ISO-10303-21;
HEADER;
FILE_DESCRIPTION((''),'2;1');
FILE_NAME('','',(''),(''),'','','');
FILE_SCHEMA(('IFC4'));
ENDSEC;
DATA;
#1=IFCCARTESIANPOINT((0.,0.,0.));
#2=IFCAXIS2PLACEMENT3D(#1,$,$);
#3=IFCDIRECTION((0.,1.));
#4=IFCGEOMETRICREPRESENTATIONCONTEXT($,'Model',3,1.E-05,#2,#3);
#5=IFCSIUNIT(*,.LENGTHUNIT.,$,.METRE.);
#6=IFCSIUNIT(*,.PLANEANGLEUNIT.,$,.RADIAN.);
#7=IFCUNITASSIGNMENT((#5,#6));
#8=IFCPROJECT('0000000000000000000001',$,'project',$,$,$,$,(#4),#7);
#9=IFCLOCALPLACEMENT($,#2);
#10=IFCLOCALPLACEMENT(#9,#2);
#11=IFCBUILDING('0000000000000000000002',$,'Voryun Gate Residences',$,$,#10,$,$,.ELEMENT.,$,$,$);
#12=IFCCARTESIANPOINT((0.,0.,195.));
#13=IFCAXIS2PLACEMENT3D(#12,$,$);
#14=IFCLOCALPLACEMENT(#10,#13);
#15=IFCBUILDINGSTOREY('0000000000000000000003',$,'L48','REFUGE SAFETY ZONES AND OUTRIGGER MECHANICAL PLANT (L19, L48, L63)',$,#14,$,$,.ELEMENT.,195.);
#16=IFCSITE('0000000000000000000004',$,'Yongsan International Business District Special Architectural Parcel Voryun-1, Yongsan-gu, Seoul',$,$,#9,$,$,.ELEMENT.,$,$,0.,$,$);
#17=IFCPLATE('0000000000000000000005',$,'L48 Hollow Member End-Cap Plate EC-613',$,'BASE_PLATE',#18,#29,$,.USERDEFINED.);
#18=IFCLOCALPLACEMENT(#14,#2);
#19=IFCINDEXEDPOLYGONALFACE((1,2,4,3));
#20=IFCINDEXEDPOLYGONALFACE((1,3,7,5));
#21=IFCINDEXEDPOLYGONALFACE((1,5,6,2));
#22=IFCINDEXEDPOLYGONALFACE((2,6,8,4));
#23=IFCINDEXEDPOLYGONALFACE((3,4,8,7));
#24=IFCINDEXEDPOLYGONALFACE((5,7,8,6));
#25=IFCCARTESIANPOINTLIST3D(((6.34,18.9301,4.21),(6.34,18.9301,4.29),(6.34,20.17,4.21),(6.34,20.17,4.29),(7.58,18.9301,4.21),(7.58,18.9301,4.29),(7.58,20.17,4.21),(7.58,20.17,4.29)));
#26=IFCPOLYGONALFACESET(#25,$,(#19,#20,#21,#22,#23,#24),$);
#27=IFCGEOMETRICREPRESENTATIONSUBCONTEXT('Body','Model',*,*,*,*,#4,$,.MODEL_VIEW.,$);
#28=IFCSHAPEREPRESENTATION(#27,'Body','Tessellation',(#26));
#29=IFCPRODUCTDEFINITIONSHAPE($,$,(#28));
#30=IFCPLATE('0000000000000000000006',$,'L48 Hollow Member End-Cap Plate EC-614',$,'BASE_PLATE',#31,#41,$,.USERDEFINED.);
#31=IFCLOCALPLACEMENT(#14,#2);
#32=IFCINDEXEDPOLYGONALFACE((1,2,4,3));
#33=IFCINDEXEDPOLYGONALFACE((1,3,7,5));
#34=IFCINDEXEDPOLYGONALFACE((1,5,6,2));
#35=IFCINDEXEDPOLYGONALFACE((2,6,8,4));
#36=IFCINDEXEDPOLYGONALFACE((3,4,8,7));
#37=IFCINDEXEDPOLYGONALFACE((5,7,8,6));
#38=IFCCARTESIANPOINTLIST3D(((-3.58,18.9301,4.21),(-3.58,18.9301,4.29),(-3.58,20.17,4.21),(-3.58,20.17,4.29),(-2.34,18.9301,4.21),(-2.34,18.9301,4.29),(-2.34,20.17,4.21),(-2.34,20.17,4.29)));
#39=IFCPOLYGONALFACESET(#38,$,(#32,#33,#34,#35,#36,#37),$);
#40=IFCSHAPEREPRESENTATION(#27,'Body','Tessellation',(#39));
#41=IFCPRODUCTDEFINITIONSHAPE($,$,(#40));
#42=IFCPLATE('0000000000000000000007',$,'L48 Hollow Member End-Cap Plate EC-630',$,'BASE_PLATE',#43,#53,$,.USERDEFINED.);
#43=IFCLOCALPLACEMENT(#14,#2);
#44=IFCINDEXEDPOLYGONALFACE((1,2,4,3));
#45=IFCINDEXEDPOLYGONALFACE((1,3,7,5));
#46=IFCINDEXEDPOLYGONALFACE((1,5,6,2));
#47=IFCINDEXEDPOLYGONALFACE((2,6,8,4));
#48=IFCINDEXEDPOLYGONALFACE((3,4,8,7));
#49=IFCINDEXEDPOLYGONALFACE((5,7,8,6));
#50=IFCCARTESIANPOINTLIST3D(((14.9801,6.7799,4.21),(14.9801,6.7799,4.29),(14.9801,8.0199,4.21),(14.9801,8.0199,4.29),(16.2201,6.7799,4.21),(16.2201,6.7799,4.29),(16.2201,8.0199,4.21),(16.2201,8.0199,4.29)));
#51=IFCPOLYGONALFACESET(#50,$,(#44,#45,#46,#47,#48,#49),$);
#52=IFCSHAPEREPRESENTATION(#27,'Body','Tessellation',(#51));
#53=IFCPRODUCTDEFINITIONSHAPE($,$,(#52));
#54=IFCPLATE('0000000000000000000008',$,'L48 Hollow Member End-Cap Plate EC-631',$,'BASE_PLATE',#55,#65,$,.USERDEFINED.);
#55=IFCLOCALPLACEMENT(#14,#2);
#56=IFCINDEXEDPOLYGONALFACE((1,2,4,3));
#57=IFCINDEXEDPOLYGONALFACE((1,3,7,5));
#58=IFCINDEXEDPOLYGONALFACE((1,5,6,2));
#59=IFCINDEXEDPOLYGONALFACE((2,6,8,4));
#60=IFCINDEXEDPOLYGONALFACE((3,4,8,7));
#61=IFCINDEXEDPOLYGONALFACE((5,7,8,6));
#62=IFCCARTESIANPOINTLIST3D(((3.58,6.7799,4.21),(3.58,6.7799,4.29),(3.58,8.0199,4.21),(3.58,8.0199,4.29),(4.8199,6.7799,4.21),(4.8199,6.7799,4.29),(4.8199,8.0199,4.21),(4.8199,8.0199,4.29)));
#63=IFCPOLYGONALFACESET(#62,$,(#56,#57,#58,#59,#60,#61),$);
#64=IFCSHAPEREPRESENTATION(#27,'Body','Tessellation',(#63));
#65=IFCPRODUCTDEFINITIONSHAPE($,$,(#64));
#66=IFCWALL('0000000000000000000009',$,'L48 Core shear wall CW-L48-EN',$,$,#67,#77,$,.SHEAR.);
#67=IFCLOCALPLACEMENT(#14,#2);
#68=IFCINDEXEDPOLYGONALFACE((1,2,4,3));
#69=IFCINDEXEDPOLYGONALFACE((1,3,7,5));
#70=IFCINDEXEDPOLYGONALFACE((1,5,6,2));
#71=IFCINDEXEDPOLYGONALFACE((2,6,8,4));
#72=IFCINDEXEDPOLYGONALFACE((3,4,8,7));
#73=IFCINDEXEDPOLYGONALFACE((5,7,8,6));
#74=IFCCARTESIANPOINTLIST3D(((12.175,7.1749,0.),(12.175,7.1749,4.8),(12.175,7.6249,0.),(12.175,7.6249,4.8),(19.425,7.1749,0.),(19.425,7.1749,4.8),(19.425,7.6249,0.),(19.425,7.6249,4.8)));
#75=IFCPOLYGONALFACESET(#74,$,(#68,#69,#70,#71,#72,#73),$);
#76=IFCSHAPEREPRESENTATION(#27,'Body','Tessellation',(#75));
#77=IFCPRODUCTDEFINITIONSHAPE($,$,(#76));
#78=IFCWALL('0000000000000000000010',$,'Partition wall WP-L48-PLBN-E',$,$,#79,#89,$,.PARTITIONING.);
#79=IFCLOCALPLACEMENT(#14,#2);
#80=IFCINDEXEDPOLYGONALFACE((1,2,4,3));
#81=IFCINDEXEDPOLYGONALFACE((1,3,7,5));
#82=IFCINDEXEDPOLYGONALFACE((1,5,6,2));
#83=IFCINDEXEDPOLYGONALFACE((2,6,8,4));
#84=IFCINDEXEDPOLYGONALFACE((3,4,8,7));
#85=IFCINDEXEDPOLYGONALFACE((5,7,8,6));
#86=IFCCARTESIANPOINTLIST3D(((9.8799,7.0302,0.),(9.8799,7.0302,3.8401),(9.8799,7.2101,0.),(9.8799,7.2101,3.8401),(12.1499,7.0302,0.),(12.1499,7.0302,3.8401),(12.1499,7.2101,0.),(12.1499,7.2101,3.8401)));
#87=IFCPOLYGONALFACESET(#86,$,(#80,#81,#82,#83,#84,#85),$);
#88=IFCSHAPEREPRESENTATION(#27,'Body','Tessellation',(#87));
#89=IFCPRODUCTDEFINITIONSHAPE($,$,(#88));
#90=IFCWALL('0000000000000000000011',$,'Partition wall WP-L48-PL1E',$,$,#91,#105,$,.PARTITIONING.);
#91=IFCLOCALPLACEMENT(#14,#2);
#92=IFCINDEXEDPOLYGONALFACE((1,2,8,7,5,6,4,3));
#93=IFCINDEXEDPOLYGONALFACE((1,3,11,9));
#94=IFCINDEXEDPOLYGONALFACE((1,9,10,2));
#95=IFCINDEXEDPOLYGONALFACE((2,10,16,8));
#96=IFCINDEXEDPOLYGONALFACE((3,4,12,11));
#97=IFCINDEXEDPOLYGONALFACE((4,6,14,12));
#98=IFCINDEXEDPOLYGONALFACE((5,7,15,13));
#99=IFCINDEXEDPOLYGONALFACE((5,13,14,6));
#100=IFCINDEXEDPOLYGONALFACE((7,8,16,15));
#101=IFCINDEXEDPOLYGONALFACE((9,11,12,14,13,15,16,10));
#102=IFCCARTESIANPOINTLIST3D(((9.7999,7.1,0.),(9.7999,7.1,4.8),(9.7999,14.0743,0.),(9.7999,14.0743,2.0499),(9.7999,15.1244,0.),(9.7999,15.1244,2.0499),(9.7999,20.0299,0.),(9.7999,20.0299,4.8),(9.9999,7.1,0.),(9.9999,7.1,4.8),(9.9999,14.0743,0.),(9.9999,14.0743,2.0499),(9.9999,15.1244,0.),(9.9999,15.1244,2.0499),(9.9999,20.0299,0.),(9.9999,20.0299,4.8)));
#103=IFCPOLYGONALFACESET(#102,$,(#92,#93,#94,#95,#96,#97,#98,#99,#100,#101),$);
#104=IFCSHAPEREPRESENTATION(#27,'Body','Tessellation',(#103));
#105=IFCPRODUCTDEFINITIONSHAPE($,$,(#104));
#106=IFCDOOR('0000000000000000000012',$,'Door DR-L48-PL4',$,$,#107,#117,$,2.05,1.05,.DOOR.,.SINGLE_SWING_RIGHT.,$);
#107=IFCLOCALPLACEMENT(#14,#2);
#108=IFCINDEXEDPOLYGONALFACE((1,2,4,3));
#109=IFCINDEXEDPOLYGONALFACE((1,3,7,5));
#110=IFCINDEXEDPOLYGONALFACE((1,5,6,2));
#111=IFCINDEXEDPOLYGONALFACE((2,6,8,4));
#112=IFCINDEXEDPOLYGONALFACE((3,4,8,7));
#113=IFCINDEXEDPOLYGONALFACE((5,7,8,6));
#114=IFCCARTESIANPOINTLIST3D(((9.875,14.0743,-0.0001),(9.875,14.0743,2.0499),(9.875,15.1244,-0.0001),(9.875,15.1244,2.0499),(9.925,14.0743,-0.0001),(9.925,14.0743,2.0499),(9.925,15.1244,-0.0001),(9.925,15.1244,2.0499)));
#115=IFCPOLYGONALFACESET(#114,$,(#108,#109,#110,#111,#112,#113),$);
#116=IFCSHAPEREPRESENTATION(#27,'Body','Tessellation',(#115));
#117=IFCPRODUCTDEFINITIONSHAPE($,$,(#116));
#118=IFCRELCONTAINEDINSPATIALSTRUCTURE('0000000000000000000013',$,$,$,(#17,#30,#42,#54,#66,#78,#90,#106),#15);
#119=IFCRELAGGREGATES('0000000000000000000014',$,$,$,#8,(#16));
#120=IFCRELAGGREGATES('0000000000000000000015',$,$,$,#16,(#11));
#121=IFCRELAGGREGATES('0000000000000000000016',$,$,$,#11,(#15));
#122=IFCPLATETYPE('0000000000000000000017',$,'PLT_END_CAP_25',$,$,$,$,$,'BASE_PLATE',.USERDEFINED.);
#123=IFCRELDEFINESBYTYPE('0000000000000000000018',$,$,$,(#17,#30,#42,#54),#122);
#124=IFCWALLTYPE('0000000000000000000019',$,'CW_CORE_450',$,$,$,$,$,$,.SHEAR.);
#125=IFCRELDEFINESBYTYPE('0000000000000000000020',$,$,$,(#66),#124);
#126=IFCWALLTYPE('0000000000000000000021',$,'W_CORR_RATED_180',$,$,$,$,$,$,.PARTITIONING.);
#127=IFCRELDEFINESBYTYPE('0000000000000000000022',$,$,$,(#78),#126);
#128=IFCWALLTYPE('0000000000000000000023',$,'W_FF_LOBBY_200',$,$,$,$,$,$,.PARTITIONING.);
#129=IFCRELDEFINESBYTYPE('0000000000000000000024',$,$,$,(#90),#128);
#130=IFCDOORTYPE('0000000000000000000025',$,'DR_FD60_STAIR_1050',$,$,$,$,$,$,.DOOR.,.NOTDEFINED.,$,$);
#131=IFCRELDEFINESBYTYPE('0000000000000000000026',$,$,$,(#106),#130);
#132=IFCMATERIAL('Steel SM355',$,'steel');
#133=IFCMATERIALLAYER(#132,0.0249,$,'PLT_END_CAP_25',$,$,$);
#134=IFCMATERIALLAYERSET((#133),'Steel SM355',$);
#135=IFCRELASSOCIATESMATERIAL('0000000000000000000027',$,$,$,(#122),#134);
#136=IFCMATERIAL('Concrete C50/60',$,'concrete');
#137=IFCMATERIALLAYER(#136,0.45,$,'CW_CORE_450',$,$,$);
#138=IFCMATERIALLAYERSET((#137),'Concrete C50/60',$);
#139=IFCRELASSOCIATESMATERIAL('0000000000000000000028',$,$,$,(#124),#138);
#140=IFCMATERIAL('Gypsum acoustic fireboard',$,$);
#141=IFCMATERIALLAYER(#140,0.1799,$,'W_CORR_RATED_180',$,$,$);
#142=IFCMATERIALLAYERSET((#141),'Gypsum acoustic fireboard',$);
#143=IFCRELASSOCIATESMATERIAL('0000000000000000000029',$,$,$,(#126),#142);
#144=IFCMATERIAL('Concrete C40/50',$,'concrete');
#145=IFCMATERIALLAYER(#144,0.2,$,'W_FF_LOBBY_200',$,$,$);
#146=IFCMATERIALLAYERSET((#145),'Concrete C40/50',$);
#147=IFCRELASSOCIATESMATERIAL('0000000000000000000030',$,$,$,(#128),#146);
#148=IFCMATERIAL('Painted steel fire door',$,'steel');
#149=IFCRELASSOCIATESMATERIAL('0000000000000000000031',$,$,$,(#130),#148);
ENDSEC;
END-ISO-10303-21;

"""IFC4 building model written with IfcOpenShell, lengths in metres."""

from ifc_helpers import new_model, si_unit, direction, frame, frame_2d, origin, origin_2d, place, context, subcontext, project, spatial, rectangle, extrude, material, layer, layer_set, type_object, element, fill, save


model = new_model("IFC4")

# Units and contexts
model_context = context("Model", 3, precision=1e-05, world=origin(), true_north=direction((0.0, 1.0)))
body_context = subcontext(model_context, "Body", "Model", "MODEL_VIEW")
ifc_project = project(units=[si_unit("LENGTHUNIT", "METRE"), si_unit("PLANEANGLEUNIT", "RADIAN")], contexts=[model_context])

# Site, building, storey
site_placement = place(None, origin())
site = spatial("IfcSite", under=ifc_project, at=site_placement, Name="Yongsan International Business District Special Architectural Parcel Voryun-1, Yongsan-gu, Seoul", CompositionType="ELEMENT", RefElevation=0.0)
building_placement = place(site_placement, origin())
building = spatial("IfcBuilding", under=site, at=building_placement, Name="Voryun Gate Residences", CompositionType="ELEMENT")
storey_placement = place(building_placement, frame((0.0, 0.0, 195.0)))
storey = spatial("IfcBuildingStorey", under=building, at=storey_placement, Name="L48", Description="REFUGE SAFETY ZONES AND OUTRIGGER MECHANICAL PLANT (L19, L48, L63)", CompositionType="ELEMENT", Elevation=195.0)

# Plates
ifc_material_1 = material(Name="Steel SM355", Category="steel")
ifc_layer_1 = layer(ifc_material_1, 0.0249, Name="PLT_END_CAP_25")
ifc_layer_set_1 = layer_set([ifc_layer_1], Name="Steel SM355")
plate_type = type_object("IfcPlateType", Name="PLT_END_CAP_25", ElementType="BASE_PLATE", PredefinedType="USERDEFINED", material=ifc_layer_set_1)
for number, where, z_axis, x_axis, name in (
    (1, (6.96, 19.55, 4.21), (0.0, 0.0, 1.0), (1.0, 0.0, 0.0), "L48 Hollow Member End-Cap Plate EC-613"),
    (2, (-2.96, 19.55, 4.21), (0.0, 0.0, 1.0), (1.0, 0.0, 0.0), "L48 Hollow Member End-Cap Plate EC-614"),
    (3, (15.6001, 7.3999, 4.21), (0.0, 0.0, 1.0), (1.0, 0.0, 0.0), "L48 Hollow Member End-Cap Plate EC-630"),
    (4, (4.2, 7.3999, 4.21), (0.0, 0.0, 1.0), (1.0, 0.0, 0.0), "L48 Hollow Member End-Cap Plate EC-631"),
):
    element("IfcPlate", number, at=place(storey_placement, frame(where, z_axis=z_axis, x_axis=x_axis)), inside=storey, type_object=plate_type, Name=name, ObjectType="BASE_PLATE", PredefinedType="USERDEFINED", context=body_context, shape_type="SweptSolid", body=[
        extrude(rectangle(XDim=1.24, YDim=1.24, at=origin_2d()), origin(), (0.0, 0.0, 1.0), 0.0801),
    ])

# Walls
ifc_material_2 = material(Name="Concrete C50/60", Category="concrete")
ifc_layer_2 = layer(ifc_material_2, 0.45, Name="CW_CORE_450")
ifc_layer_set_2 = layer_set([ifc_layer_2], Name="Concrete C50/60")
wall_type_1 = type_object("IfcWallType", Name="CW_CORE_450", PredefinedType="SHEAR", material=ifc_layer_set_2)
wall_1_placement = place(storey_placement, frame((12.175, 7.3999, 0.0), z_axis=(0.0, 0.0, 1.0), x_axis=(1.0, 0.0, 0.0)))
element("IfcWall", 5, at=wall_1_placement, inside=storey, type_object=wall_type_1, Name="L48 Core shear wall CW-L48-EN", PredefinedType="SHEAR", context=body_context, shape_type="SweptSolid", body=[
    extrude(rectangle(XDim=7.25, YDim=0.45, at=frame_2d((3.625, 0.0))), origin(), (0.0, 0.0, 1.0), 4.8),
])
ifc_material_3 = material(Name="Gypsum acoustic fireboard")
ifc_layer_3 = layer(ifc_material_3, 0.1799, Name="W_CORR_RATED_180")
ifc_layer_set_3 = layer_set([ifc_layer_3], Name="Gypsum acoustic fireboard")
wall_type_2 = type_object("IfcWallType", Name="W_CORR_RATED_180", PredefinedType="PARTITIONING", material=ifc_layer_set_3)
wall_2_placement = place(storey_placement, frame((9.8799, 7.1201, 0.0), z_axis=(0.0, 0.0, 1.0), x_axis=(1.0, 0.0, 0.0)))
element("IfcWall", 6, at=wall_2_placement, inside=storey, type_object=wall_type_2, Name="Partition wall WP-L48-PLBN-E", PredefinedType="PARTITIONING", context=body_context, shape_type="SweptSolid", body=[
    extrude(rectangle(XDim=2.27, YDim=0.1799, at=frame_2d((1.135, 0.0))), origin(), (0.0, 0.0, 1.0), 3.8401),
])

# Wall, opening, door
ifc_material_4 = material(Name="Concrete C40/50", Category="concrete")
ifc_layer_4 = layer(ifc_material_4, 0.2, Name="W_FF_LOBBY_200")
ifc_layer_set_4 = layer_set([ifc_layer_4], Name="Concrete C40/50")
wall_type_3 = type_object("IfcWallType", Name="W_FF_LOBBY_200", PredefinedType="PARTITIONING", material=ifc_layer_set_4)
wall_3_placement = place(storey_placement, frame((9.8999, 7.1001, 0.0), z_axis=(0.0, 0.0, 1.0), x_axis=(0.0, 1.0, 0.0)))
wall_3 = element("IfcWall", 7, at=wall_3_placement, inside=storey, type_object=wall_type_3, Name="Partition wall WP-L48-PL1E", PredefinedType="PARTITIONING", context=body_context, shape_type="SweptSolid", body=[
    extrude(rectangle(XDim=12.9299, YDim=0.2, at=frame_2d((6.4648, 0.0))), origin(), (0.0, 0.0, 1.0), 4.8),
])
opening_placement = place(wall_3_placement, frame((6.9744, 0.0, 0.0)))
opening = element("IfcOpeningElement", 8, at=opening_placement, cuts=wall_3, PredefinedType="OPENING", context=body_context, shape_type="SweptSolid", body=[
    extrude(rectangle(XDim=1.05, YDim=2.05, at=frame_2d((0.5249, 1.0249))), frame((0.0, 0.1101, 0.0), z_axis=(0.0, -1.0, 0.0), x_axis=(1.0, 0.0, 0.0)), (0.0, 0.0, 1.0), 0.22),
])
ifc_material_5 = material(Name="Painted steel fire door", Category="steel")
door_type = type_object("IfcDoorType", Name="DR_FD60_STAIR_1050", OperationType="NOTDEFINED", PredefinedType="DOOR", material=ifc_material_5)
door_placement = place(opening_placement, origin())
door = element("IfcDoor", 9, at=door_placement, inside=storey, type_object=door_type, Name="Door DR-L48-PL4", OperationType="SINGLE_SWING_RIGHT", OverallHeight=2.05, OverallWidth=1.05, PredefinedType="DOOR", context=body_context, shape_type="SweptSolid", body=[
    extrude(rectangle(XDim=1.05, YDim=2.05, at=frame_2d((0.5249, 1.0249))), frame((0.0, 0.0249, 0.0), z_axis=(0.0, -1.0, 0.0), x_axis=(1.0, 0.0, 0.0)), (0.0, 0.0, 1.0), 0.05),
])
fill(opening, door)

save(model, "model.ifc")
